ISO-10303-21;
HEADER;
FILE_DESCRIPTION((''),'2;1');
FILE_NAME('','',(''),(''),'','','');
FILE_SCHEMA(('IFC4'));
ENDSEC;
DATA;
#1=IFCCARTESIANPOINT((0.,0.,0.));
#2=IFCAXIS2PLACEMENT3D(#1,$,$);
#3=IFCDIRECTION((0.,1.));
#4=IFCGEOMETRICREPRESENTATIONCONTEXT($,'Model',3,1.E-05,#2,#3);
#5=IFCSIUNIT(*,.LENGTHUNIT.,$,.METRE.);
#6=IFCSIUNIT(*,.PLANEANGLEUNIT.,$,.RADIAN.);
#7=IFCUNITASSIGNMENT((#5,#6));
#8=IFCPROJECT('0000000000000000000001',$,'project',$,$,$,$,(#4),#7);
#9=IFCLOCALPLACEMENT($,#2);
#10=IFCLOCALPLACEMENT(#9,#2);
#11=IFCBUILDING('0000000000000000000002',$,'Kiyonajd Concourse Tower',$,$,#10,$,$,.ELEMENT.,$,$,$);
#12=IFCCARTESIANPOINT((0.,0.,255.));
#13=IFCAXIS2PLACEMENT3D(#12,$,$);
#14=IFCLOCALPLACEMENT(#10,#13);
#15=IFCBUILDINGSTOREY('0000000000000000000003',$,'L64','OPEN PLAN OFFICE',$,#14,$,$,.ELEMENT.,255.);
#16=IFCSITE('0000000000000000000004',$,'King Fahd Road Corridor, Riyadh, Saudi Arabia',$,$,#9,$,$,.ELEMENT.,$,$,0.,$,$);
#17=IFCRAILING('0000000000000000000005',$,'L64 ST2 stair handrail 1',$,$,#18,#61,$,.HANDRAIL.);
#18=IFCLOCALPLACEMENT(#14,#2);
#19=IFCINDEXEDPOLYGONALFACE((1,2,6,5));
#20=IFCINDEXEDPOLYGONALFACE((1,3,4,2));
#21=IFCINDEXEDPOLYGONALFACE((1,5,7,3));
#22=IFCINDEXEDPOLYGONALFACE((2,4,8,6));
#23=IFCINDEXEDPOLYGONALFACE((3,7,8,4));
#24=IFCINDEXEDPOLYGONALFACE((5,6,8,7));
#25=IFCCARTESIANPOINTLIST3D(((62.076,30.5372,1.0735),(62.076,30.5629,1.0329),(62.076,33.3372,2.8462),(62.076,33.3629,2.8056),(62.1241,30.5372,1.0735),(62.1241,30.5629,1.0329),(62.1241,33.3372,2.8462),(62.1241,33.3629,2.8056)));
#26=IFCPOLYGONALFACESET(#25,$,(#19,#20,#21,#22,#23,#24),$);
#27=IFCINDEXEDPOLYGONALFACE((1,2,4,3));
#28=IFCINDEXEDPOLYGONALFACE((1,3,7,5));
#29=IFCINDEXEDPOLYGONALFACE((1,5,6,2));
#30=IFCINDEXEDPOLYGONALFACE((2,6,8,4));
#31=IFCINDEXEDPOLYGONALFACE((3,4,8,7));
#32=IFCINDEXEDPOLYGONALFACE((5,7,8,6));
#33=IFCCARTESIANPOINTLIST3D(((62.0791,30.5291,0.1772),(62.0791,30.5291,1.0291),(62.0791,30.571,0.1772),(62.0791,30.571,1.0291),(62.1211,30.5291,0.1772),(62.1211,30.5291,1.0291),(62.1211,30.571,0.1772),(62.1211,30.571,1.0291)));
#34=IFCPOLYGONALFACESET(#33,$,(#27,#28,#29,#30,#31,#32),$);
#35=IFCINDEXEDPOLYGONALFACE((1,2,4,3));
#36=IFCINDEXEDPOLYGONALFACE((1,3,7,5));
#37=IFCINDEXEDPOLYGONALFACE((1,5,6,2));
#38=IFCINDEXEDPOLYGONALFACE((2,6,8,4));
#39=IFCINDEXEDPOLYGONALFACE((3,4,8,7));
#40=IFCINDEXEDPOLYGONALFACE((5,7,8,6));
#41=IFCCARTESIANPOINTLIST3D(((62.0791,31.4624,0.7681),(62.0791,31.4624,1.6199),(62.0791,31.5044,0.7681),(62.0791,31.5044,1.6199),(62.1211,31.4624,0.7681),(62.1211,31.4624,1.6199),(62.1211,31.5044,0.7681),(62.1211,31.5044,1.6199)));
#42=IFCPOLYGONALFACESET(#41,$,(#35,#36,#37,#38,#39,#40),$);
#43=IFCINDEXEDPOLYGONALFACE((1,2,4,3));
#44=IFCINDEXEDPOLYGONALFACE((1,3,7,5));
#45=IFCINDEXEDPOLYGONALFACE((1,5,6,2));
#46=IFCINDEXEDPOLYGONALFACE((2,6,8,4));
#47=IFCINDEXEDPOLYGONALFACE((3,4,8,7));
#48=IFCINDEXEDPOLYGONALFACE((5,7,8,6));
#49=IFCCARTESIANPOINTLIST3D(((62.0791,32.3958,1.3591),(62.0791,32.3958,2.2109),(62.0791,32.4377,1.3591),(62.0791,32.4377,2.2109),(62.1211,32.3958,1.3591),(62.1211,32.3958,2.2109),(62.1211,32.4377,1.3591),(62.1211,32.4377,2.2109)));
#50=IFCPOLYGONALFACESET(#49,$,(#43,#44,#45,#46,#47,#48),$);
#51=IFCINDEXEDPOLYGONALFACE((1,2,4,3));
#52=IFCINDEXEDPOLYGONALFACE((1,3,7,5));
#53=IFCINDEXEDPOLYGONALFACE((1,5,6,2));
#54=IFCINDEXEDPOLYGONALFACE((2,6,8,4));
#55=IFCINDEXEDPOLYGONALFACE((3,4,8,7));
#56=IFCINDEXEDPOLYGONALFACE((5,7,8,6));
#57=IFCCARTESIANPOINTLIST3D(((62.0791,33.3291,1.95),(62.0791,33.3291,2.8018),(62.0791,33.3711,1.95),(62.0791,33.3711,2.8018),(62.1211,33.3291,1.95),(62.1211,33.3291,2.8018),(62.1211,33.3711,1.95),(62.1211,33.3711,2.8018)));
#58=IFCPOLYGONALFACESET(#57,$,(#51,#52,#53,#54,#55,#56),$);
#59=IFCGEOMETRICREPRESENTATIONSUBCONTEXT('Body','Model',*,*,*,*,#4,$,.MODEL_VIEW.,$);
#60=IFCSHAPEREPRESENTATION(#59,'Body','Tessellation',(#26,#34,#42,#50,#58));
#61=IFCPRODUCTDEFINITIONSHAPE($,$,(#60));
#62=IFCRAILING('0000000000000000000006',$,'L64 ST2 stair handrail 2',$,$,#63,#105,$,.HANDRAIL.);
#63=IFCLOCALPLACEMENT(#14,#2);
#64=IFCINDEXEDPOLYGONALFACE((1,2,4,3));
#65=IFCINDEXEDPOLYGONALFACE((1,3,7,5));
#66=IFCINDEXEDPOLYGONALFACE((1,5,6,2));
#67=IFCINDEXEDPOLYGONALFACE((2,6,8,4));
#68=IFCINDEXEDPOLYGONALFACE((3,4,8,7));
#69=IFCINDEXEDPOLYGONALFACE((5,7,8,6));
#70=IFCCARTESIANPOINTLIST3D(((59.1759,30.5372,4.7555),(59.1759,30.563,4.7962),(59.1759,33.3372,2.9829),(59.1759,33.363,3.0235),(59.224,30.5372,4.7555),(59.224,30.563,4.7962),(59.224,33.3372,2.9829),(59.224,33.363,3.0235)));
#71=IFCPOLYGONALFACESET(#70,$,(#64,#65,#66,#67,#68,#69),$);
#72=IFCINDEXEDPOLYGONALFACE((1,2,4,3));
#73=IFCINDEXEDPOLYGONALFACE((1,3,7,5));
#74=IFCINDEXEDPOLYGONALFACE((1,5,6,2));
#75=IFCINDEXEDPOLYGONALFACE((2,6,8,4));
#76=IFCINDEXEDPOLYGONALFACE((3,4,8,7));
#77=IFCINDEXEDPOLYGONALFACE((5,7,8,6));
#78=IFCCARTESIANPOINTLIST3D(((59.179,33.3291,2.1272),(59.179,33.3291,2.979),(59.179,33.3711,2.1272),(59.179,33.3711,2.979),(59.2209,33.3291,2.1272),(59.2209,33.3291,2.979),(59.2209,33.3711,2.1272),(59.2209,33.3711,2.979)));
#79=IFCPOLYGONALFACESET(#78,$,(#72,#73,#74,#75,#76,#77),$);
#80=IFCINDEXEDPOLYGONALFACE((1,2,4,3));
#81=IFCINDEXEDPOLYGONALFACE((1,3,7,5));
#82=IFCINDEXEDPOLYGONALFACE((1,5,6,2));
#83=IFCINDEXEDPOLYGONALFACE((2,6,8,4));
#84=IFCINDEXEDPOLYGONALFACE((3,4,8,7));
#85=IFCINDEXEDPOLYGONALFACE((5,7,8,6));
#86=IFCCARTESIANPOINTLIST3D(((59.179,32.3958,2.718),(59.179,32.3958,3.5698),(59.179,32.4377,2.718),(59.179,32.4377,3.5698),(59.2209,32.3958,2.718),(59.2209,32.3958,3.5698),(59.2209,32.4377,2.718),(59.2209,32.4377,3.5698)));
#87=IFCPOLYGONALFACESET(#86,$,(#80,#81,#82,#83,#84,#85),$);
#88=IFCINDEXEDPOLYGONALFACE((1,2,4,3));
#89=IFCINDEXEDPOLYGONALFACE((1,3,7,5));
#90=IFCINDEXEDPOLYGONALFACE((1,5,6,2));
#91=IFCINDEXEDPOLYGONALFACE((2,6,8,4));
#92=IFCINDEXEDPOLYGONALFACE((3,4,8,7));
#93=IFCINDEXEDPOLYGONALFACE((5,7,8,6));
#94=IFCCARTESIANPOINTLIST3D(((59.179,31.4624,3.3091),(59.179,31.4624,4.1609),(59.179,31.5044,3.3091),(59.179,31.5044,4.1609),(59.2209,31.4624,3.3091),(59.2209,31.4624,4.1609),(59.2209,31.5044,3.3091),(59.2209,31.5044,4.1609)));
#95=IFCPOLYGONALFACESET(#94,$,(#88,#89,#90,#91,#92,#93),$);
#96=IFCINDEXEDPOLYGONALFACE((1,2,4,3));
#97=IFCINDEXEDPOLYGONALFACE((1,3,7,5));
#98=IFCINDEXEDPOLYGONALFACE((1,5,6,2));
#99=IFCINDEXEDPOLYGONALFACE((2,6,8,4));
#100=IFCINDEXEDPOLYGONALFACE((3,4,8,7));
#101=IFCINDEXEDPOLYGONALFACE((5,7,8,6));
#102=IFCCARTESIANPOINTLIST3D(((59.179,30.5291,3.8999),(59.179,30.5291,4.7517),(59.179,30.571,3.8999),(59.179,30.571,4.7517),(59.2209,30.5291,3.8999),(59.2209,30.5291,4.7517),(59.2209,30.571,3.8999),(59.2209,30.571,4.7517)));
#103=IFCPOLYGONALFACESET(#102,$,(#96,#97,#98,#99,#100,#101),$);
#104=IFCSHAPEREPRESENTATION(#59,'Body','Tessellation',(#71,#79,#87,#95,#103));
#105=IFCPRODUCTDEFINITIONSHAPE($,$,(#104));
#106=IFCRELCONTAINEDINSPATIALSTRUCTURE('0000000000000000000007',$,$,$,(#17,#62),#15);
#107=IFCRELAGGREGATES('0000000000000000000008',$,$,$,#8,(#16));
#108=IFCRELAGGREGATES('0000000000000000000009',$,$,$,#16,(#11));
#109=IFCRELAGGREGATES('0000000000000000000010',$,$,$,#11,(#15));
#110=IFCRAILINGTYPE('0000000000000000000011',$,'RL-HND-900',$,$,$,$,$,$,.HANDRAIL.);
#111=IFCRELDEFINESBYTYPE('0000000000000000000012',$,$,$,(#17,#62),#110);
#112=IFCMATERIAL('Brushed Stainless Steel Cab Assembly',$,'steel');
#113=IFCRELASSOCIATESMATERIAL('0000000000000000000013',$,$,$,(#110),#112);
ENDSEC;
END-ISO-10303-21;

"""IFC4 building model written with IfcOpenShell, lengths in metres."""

from ifc_helpers import new_model, si_unit, direction, frame, origin, origin_2d, place, context, subcontext, project, spatial, rectangle, extrude, material, type_object, element, save


model = new_model("IFC4")

# Units and contexts
model_context = context("Model", 3, precision=1e-05, world=origin(), true_north=direction((0.0, 1.0)))
body_context = subcontext(model_context, "Body", "Model", "MODEL_VIEW")
ifc_project = project(units=[si_unit("LENGTHUNIT", "METRE"), si_unit("PLANEANGLEUNIT", "RADIAN")], contexts=[model_context])

# Site, building, storey
site_placement = place(None, origin())
site = spatial("IfcSite", under=ifc_project, at=site_placement, Name="King Fahd Road Corridor, Riyadh, Saudi Arabia", CompositionType="ELEMENT", RefElevation=0.0)
building_placement = place(site_placement, origin())
building = spatial("IfcBuilding", under=site, at=building_placement, Name="Kiyonajd Concourse Tower", CompositionType="ELEMENT")
storey_placement = place(building_placement, frame((0.0, 0.0, 255.0)))
storey = spatial("IfcBuildingStorey", under=building, at=storey_placement, Name="L64", Description="OPEN PLAN OFFICE", CompositionType="ELEMENT", Elevation=255.0)

# Shared definitions
ifc_material_1 = material(Name="Brushed Stainless Steel Cab Assembly", Category="steel")

# Railings
railing_type_1 = type_object("IfcRailingType", Name="RL-HND-900", PredefinedType="HANDRAIL", material=ifc_material_1)
railing_1_placement = place(storey_placement, frame((62.1001, 30.55, 0.1772)))
element("IfcRailing", 1, at=railing_1_placement, inside=storey, type_object=railing_type_1, Name="L64 ST2 stair handrail 1", PredefinedType="HANDRAIL", context=body_context, shape_type="SweptSolid", body=[
    extrude(rectangle(XDim=0.0481, YDim=0.0481, at=origin_2d()), frame((0.0, 0.0, 0.876), z_axis=(0.0, 0.844909, 0.53491), x_axis=(-1.0, 0.0, 0.0)), (0.0, 0.0, 1.0), 3.314),
    extrude(rectangle(XDim=0.042, YDim=0.042, at=origin_2d()), origin(), (0.0, 0.0, 1.0), 0.8518),
    extrude(rectangle(XDim=0.042, YDim=0.042, at=origin_2d()), frame((0.0, 0.9333, 0.5908)), (0.0, 0.0, 1.0), 0.8518),
    extrude(rectangle(XDim=0.042, YDim=0.042, at=origin_2d()), frame((0.0, 1.8667, 1.1819)), (0.0, 0.0, 1.0), 0.8518),
    extrude(rectangle(XDim=0.042, YDim=0.042, at=origin_2d()), frame((0.0, 2.8, 1.7727)), (0.0, 0.0, 1.0), 0.8518),
])
railing_2_placement = place(storey_placement, frame((59.2, 33.3501, 2.1272)))
element("IfcRailing", 2, at=railing_2_placement, inside=storey, type_object=railing_type_1, Name="L64 ST2 stair handrail 2", PredefinedType="HANDRAIL", context=body_context, shape_type="SweptSolid", body=[
    extrude(rectangle(XDim=0.0481, YDim=0.0481, at=origin_2d()), frame((0.0, 0.0, 0.876), z_axis=(0.0, -0.844909, 0.53491), x_axis=(1.0, 0.0, 0.0)), (0.0, 0.0, 1.0), 3.314),
    extrude(rectangle(XDim=0.042, YDim=0.042, at=origin_2d()), origin(), (0.0, 0.0, 1.0), 0.8518),
    extrude(rectangle(XDim=0.042, YDim=0.042, at=origin_2d()), frame((0.0, -0.9333, 0.5908)), (0.0, 0.0, 1.0), 0.8518),
    extrude(rectangle(XDim=0.042, YDim=0.042, at=origin_2d()), frame((0.0, -1.8667, 1.1819)), (0.0, 0.0, 1.0), 0.8518),
    extrude(rectangle(XDim=0.042, YDim=0.042, at=origin_2d()), frame((0.0, -2.8, 1.7727)), (0.0, 0.0, 1.0), 0.8518),
])

save(model, "model.ifc")
